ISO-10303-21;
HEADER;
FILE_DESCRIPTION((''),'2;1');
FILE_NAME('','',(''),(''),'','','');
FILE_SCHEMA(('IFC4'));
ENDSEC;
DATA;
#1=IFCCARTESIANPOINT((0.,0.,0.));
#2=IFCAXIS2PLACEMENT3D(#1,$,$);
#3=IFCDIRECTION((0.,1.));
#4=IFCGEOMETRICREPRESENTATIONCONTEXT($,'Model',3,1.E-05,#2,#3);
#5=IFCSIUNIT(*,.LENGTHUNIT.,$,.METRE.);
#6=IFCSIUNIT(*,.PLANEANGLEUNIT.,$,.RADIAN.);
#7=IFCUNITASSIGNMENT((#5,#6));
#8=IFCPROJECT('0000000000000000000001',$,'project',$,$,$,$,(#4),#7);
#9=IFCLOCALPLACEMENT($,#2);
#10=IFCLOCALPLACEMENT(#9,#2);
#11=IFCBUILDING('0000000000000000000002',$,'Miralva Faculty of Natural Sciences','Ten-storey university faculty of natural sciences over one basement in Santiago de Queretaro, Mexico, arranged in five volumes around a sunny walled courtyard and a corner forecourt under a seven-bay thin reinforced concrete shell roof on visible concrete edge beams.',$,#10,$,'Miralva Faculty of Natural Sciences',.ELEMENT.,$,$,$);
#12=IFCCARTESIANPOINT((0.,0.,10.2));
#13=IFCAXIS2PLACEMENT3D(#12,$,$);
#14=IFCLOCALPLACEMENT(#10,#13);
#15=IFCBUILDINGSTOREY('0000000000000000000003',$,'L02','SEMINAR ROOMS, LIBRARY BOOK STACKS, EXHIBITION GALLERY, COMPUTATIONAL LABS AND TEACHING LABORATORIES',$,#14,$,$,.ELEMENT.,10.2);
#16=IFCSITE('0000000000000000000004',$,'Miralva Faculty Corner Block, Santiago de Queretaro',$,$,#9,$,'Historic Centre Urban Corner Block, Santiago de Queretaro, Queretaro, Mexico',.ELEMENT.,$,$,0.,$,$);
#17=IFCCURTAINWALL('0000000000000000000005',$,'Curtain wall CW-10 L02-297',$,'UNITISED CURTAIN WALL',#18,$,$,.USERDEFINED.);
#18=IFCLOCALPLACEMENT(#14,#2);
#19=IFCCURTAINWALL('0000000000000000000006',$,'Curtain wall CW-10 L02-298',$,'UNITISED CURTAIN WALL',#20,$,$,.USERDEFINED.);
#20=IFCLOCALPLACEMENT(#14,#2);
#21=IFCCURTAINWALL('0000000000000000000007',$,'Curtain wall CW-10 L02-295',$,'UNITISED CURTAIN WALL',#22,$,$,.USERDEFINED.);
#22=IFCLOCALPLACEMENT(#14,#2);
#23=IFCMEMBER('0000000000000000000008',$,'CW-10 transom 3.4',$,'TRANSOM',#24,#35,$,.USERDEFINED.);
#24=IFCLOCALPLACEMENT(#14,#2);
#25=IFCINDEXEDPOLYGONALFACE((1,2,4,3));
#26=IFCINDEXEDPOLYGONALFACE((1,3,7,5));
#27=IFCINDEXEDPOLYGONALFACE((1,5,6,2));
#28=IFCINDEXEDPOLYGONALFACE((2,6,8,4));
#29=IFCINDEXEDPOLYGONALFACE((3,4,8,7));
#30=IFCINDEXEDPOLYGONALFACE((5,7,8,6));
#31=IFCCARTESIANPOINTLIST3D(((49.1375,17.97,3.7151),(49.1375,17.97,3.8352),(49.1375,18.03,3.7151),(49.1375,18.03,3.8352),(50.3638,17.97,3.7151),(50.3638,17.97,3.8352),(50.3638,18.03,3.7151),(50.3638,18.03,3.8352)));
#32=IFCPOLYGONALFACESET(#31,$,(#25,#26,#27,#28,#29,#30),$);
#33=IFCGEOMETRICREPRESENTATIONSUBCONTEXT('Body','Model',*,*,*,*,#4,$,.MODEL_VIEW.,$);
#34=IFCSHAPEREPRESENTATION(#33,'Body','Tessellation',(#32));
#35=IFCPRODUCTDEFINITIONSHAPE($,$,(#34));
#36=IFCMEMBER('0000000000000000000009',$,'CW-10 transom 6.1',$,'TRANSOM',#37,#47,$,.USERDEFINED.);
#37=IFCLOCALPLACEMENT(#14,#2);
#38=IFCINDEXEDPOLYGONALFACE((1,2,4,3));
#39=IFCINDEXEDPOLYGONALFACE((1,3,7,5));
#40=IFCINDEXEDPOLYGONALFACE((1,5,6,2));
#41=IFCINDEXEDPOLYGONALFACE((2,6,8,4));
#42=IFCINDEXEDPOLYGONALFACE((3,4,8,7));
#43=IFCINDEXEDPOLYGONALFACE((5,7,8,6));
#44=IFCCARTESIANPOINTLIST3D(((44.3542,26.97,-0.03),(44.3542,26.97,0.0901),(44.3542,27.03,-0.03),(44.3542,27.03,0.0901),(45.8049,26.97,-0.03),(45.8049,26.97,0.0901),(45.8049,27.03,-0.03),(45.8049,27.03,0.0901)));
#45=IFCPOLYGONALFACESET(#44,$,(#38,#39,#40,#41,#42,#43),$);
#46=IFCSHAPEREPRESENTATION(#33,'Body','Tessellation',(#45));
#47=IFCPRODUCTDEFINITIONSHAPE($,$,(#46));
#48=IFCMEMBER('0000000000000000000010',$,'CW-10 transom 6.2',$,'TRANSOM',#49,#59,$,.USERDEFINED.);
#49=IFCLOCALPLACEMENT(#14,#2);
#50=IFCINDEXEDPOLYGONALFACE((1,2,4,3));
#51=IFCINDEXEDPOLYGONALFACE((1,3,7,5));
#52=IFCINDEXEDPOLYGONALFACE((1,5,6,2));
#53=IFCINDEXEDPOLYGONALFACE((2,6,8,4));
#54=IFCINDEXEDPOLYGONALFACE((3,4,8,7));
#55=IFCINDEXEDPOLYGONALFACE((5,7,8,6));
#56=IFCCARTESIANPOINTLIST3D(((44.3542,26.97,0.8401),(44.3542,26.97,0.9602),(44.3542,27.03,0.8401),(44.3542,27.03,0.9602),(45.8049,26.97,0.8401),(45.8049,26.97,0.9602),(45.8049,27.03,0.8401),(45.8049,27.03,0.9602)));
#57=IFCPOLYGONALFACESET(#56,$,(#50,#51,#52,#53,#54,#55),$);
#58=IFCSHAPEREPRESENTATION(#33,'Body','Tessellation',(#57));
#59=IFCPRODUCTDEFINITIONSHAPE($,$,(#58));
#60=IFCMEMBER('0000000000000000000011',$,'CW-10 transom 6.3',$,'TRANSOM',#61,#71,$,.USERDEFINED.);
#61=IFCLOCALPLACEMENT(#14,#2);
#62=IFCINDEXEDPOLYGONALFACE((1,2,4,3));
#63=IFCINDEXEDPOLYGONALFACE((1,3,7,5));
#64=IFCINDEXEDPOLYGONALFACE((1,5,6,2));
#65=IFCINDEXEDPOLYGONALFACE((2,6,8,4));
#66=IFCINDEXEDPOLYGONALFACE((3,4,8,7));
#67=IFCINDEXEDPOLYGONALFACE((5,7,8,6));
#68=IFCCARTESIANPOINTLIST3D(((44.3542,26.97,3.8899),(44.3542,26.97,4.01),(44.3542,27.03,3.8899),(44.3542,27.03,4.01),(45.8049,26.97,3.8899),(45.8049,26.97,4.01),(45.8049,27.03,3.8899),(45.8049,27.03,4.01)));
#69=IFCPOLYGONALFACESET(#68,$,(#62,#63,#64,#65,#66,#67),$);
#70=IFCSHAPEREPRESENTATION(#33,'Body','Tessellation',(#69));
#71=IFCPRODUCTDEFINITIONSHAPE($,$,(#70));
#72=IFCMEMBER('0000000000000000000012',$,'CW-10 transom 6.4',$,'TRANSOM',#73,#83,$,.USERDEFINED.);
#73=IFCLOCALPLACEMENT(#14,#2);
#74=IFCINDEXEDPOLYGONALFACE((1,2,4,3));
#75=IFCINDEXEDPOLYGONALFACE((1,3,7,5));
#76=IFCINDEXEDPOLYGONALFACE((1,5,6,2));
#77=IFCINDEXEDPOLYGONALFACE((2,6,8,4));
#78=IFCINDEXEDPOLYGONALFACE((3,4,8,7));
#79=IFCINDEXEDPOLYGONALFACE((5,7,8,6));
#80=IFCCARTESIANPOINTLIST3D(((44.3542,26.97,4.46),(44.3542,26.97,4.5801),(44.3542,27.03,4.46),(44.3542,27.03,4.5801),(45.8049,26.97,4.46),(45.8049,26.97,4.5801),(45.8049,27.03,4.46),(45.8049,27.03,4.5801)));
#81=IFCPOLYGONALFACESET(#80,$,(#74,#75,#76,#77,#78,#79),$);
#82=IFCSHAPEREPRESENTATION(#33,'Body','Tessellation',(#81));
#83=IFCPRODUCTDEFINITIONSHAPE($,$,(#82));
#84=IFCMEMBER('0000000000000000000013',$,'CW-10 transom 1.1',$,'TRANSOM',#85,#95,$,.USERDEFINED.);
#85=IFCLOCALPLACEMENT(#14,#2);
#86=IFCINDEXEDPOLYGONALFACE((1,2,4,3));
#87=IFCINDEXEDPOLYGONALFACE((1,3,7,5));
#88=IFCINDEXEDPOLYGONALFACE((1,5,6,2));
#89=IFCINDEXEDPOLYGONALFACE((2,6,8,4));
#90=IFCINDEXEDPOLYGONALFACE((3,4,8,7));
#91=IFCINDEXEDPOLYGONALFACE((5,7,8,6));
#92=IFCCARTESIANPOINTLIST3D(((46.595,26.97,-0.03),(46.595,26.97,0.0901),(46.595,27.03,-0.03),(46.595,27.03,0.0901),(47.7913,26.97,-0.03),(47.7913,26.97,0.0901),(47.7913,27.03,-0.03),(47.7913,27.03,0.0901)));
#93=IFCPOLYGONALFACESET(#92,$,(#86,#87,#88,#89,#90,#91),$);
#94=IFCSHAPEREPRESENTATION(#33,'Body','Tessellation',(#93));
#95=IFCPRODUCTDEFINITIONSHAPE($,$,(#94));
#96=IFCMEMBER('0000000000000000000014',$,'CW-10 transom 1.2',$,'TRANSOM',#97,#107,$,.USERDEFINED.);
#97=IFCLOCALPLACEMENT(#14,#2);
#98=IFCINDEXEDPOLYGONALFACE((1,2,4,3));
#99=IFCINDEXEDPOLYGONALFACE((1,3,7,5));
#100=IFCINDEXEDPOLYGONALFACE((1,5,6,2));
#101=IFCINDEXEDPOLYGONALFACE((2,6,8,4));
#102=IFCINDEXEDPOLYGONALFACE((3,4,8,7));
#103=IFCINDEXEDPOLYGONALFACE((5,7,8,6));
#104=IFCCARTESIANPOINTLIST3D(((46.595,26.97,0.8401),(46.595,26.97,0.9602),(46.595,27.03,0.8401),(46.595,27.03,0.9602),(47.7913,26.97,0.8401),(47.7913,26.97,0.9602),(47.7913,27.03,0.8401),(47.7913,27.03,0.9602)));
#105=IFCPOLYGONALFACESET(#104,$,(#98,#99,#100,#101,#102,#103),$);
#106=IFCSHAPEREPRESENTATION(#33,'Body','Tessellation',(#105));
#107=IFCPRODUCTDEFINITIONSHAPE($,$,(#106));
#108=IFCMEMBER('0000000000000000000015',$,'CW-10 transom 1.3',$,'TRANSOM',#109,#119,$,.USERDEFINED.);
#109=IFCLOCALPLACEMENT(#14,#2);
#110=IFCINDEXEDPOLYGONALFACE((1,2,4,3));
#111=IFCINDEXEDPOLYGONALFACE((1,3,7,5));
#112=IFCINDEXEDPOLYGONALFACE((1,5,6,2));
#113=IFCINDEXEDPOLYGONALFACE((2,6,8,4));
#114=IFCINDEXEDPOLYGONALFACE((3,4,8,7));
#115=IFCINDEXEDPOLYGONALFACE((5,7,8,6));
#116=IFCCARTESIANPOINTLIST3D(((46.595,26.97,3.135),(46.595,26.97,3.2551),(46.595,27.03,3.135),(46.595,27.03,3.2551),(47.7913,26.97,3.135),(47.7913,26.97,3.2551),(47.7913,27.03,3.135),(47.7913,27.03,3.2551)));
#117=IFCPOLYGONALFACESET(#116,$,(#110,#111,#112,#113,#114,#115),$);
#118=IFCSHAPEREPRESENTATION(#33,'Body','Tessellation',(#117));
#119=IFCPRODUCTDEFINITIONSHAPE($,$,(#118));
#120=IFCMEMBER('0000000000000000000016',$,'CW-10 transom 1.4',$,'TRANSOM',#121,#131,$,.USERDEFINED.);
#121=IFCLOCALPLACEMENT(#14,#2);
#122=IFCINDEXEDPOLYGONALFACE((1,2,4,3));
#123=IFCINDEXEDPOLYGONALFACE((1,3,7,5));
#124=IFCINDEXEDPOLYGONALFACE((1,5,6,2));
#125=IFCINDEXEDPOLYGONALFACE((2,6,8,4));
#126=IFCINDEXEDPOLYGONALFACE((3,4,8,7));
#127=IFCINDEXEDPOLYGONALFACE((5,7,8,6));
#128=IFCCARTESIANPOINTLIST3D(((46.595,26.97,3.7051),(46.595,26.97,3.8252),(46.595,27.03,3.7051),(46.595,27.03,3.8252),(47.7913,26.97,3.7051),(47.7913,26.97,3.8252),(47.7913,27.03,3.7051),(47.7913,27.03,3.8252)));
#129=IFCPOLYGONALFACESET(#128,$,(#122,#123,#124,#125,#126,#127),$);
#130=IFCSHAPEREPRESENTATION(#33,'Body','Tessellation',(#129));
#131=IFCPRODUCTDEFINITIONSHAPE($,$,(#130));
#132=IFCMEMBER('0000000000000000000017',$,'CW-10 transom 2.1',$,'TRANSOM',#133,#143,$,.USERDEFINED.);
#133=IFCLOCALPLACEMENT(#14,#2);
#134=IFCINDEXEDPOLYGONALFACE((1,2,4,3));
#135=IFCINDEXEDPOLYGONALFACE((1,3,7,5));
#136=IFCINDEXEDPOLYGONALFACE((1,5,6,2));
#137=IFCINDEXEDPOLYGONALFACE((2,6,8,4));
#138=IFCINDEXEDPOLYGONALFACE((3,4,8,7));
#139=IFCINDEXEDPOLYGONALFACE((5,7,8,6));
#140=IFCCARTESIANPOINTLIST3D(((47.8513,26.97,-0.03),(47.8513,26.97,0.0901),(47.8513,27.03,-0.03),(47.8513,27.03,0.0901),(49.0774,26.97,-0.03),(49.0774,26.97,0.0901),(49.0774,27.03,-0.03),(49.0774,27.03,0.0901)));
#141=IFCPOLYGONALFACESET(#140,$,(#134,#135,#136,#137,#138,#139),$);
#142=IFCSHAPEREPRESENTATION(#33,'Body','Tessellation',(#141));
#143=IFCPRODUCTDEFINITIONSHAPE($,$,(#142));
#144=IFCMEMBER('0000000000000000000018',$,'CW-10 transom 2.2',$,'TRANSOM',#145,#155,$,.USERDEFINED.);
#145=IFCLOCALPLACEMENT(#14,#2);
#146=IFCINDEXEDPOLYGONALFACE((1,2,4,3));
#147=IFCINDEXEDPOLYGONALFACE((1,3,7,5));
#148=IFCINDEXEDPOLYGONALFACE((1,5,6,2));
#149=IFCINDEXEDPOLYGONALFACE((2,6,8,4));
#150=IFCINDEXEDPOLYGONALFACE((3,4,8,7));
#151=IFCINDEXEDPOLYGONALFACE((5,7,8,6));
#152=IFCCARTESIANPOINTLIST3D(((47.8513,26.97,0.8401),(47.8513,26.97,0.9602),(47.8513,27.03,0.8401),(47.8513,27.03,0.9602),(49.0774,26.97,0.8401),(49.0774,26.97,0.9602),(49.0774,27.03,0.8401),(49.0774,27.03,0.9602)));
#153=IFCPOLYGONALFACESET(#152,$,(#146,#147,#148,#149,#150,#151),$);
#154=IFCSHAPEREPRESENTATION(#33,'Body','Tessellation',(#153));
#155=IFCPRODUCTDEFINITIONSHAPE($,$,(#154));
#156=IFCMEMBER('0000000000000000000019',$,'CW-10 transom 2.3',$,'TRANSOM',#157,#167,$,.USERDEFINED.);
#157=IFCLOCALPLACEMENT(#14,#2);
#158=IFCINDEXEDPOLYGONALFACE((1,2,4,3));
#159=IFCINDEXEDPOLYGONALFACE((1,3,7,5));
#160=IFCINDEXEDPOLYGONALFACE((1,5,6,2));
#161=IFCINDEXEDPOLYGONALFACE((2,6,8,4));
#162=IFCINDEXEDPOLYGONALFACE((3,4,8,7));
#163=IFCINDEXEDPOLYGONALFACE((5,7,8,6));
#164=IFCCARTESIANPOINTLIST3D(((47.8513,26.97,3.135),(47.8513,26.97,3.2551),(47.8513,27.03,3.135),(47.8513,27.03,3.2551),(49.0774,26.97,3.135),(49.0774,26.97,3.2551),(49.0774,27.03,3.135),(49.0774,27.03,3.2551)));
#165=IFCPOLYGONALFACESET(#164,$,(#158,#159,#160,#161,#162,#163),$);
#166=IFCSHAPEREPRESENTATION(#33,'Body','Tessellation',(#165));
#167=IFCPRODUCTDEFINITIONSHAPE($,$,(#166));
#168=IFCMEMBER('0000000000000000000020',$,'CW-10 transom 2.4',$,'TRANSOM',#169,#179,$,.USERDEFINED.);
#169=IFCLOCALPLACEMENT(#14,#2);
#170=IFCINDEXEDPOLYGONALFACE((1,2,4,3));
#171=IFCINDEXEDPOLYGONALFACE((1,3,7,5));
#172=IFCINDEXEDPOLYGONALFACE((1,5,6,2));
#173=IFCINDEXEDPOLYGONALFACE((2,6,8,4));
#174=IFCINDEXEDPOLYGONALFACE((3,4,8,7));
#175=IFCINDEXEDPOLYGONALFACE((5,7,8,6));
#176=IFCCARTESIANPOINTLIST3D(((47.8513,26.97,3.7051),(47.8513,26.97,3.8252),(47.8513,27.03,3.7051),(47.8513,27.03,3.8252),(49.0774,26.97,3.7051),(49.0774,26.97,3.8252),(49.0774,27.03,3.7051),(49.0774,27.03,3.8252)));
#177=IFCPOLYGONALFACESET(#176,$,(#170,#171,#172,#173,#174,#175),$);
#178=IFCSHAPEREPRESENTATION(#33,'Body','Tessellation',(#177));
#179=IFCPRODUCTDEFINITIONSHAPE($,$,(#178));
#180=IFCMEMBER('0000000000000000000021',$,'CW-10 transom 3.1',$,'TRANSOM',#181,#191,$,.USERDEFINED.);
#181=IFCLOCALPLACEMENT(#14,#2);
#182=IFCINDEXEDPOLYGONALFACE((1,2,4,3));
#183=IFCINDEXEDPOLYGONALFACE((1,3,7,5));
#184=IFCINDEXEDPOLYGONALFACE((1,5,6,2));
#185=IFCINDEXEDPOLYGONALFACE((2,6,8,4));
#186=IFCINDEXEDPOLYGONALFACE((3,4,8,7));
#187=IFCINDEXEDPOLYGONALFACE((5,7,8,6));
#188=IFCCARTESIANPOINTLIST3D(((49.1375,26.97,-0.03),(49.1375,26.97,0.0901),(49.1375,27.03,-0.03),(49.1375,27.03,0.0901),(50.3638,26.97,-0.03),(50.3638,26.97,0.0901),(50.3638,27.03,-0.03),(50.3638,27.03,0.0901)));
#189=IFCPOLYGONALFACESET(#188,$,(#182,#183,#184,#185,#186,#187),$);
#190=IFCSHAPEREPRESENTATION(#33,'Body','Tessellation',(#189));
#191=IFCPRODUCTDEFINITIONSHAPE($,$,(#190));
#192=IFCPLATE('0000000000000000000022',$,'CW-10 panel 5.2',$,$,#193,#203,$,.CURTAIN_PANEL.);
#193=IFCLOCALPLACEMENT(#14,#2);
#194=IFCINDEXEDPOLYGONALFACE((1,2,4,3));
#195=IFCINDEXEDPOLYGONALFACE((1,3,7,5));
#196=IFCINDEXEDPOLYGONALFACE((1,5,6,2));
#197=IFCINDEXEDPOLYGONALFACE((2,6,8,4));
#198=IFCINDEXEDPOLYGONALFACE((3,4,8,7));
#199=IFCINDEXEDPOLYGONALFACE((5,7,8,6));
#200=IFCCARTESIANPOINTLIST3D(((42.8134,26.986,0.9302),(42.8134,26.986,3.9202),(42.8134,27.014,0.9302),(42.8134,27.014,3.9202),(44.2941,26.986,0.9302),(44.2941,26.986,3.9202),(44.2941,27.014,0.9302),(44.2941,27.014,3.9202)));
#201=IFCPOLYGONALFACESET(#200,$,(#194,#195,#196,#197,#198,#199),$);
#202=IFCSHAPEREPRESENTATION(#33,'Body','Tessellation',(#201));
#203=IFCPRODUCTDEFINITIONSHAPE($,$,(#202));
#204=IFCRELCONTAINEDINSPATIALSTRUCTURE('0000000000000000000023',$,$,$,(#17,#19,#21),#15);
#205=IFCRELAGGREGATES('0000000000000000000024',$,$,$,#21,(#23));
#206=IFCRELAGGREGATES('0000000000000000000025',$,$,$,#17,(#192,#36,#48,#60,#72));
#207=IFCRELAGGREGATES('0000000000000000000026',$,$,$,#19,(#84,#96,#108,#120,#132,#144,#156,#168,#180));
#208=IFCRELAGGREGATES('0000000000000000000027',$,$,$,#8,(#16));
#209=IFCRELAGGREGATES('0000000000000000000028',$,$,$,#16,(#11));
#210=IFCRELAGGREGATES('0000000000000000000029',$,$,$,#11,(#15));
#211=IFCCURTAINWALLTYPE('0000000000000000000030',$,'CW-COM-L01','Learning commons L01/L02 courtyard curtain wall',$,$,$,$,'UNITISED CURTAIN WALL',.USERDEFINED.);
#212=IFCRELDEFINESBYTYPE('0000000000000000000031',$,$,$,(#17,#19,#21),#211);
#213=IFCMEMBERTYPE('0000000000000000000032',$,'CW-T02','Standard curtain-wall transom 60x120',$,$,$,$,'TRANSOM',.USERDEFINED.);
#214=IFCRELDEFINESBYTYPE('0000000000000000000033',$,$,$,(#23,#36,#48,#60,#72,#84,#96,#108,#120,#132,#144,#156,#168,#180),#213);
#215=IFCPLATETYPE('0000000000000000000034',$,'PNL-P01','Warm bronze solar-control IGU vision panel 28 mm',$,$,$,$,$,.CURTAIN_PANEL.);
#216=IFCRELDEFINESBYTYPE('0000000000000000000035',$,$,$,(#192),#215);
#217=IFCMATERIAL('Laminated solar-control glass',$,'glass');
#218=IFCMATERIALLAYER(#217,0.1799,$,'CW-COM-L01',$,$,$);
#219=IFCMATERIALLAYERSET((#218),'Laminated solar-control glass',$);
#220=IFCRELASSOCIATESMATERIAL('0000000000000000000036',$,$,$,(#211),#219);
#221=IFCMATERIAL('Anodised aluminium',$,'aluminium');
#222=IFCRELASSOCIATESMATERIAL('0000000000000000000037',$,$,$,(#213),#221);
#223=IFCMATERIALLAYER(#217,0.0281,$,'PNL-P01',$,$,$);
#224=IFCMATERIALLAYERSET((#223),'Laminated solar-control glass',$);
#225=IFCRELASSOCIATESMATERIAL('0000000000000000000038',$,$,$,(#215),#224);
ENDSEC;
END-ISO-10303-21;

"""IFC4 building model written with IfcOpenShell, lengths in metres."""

from ifc_helpers import new_model, si_unit, direction, frame, origin, origin_2d, place, context, subcontext, project, spatial, rectangle, extrude, material, layer, layer_set, material_profile, profile_set, type_object, element, aggregate, save


model = new_model("IFC4")

# Units and contexts
model_context = context("Model", 3, precision=1e-05, world=origin(), true_north=direction((0.0, 1.0)))
body_context = subcontext(model_context, "Body", "Model", "MODEL_VIEW")
ifc_project = project(units=[si_unit("LENGTHUNIT", "METRE"), si_unit("PLANEANGLEUNIT", "RADIAN")], contexts=[model_context])

# Site, building, storey
site_placement = place(None, origin())
site = spatial("IfcSite", under=ifc_project, at=site_placement, Name="Miralva Faculty Corner Block, Santiago de Queretaro", LongName="Historic Centre Urban Corner Block, Santiago de Queretaro, Queretaro, Mexico", CompositionType="ELEMENT", RefElevation=0.0)
building_placement = place(site_placement, origin())
building = spatial("IfcBuilding", under=site, at=building_placement, Name="Miralva Faculty of Natural Sciences", Description="Ten-storey university faculty of natural sciences over one basement in Santiago de Queretaro, Mexico, arranged in five volumes around a sunny walled courtyard and a corner forecourt under a seven-bay thin reinforced concrete shell roof on visible concrete edge beams.", LongName="Miralva Faculty of Natural Sciences", CompositionType="ELEMENT")
storey_placement = place(building_placement, frame((0.0, 0.0, 10.2)))
storey = spatial("IfcBuildingStorey", under=building, at=storey_placement, Name="L02", Description="SEMINAR ROOMS, LIBRARY BOOK STACKS, EXHIBITION GALLERY, COMPUTATIONAL LABS AND TEACHING LABORATORIES", CompositionType="ELEMENT", Elevation=10.2)

# Curtain walls, member
ifc_material_1 = material(Name="Laminated solar-control glass", Category="glass")
ifc_layer_1 = layer(ifc_material_1, 0.1799, Name="CW-COM-L01")
ifc_layer_set_1 = layer_set([ifc_layer_1], Name="Laminated solar-control glass")
curtain_wall_type = type_object("IfcCurtainWallType", Name="CW-COM-L01", Description="Learning commons L01/L02 courtyard curtain wall", ElementType="UNITISED CURTAIN WALL", PredefinedType="USERDEFINED", material=ifc_layer_set_1)
curtain_wall_1_placement = place(storey_placement, origin())
curtain_wall_1 = element("IfcCurtainWall", 1, at=curtain_wall_1_placement, inside=storey, type_object=curtain_wall_type, Name="Curtain wall CW-10 L02-297", ObjectType="UNITISED CURTAIN WALL", PredefinedType="USERDEFINED")
ifc_material_2 = material(Name="Anodised aluminium", Category="aluminium")
curtain_wall_2_placement = place(storey_placement, origin())
curtain_wall_2 = element("IfcCurtainWall", 2, at=curtain_wall_2_placement, inside=storey, type_object=curtain_wall_type, Name="Curtain wall CW-10 L02-298", ObjectType="UNITISED CURTAIN WALL", PredefinedType="USERDEFINED")
curtain_wall_3_placement = place(storey_placement, origin())
curtain_wall_3 = element("IfcCurtainWall", 3, at=curtain_wall_3_placement, inside=storey, type_object=curtain_wall_type, Name="Curtain wall CW-10 L02-295", ObjectType="UNITISED CURTAIN WALL", PredefinedType="USERDEFINED")
ifc_material_profile_1 = material_profile(ifc_material_2, rectangle(XDim=0.0601, YDim=0.1201, at=origin_2d()), Name="TRANSOM 60x120")
ifc_profile_set_1 = profile_set([ifc_material_profile_1], Name="Anodised aluminium")
member_type_1 = type_object("IfcMemberType", Name="CW-T02", Description="Standard curtain-wall transom 60x120", ElementType="TRANSOM", PredefinedType="USERDEFINED", material=ifc_profile_set_1)
member_1_placement = place(storey_placement, frame((49.1375, 18.0, 3.7751), z_axis=(1.0, 0.0, 0.0), x_axis=(0.0, 1.0, 0.0)))
member_1 = element("IfcMember", 4, at=member_1_placement, type_object=member_type_1, Name="CW-10 transom 3.4", ObjectType="TRANSOM", PredefinedType="USERDEFINED", context=body_context, shape_type="SweptSolid", body=[
    extrude(rectangle(XDim=0.0601, YDim=0.1201, at=origin_2d()), origin(), (0.0, 0.0, 1.0), 1.2263),
])
aggregate(curtain_wall_3, [member_1])

# Members
member_2_placement = place(storey_placement, frame((44.3542, 27.0, 0.03), z_axis=(1.0, 0.0, 0.0), x_axis=(0.0, 1.0, 0.0)))
member_2 = element("IfcMember", 5, at=member_2_placement, type_object=member_type_1, Name="CW-10 transom 6.1", ObjectType="TRANSOM", PredefinedType="USERDEFINED", context=body_context, shape_type="SweptSolid", body=[
    extrude(rectangle(XDim=0.0601, YDim=0.1201, at=origin_2d()), origin(), (0.0, 0.0, 1.0), 1.4507),
])
member_3_placement = place(storey_placement, frame((44.3542, 27.0, 0.9001), z_axis=(1.0, 0.0, 0.0), x_axis=(0.0, 1.0, 0.0)))
member_3 = element("IfcMember", 6, at=member_3_placement, type_object=member_type_1, Name="CW-10 transom 6.2", ObjectType="TRANSOM", PredefinedType="USERDEFINED", context=body_context, shape_type="SweptSolid", body=[
    extrude(rectangle(XDim=0.0601, YDim=0.1201, at=origin_2d()), origin(), (0.0, 0.0, 1.0), 1.4507),
])
member_4_placement = place(storey_placement, frame((44.3542, 27.0, 3.95), z_axis=(1.0, 0.0, 0.0), x_axis=(0.0, 1.0, 0.0)))
member_4 = element("IfcMember", 7, at=member_4_placement, type_object=member_type_1, Name="CW-10 transom 6.3", ObjectType="TRANSOM", PredefinedType="USERDEFINED", context=body_context, shape_type="SweptSolid", body=[
    extrude(rectangle(XDim=0.0601, YDim=0.1201, at=origin_2d()), origin(), (0.0, 0.0, 1.0), 1.4507),
])
member_5_placement = place(storey_placement, frame((44.3542, 27.0, 4.52), z_axis=(1.0, 0.0, 0.0), x_axis=(0.0, 1.0, 0.0)))
member_5 = element("IfcMember", 8, at=member_5_placement, type_object=member_type_1, Name="CW-10 transom 6.4", ObjectType="TRANSOM", PredefinedType="USERDEFINED", context=body_context, shape_type="SweptSolid", body=[
    extrude(rectangle(XDim=0.0601, YDim=0.1201, at=origin_2d()), origin(), (0.0, 0.0, 1.0), 1.4507),
])
member_6_placement = place(storey_placement, frame((46.595, 27.0, 0.03), z_axis=(1.0, 0.0, 0.0), x_axis=(0.0, 1.0, 0.0)))
member_6 = element("IfcMember", 9, at=member_6_placement, type_object=member_type_1, Name="CW-10 transom 1.1", ObjectType="TRANSOM", PredefinedType="USERDEFINED", context=body_context, shape_type="SweptSolid", body=[
    extrude(rectangle(XDim=0.0601, YDim=0.1201, at=origin_2d()), origin(), (0.0, 0.0, 1.0), 1.1963),
])
member_7_placement = place(storey_placement, frame((46.595, 27.0, 0.9001), z_axis=(1.0, 0.0, 0.0), x_axis=(0.0, 1.0, 0.0)))
member_7 = element("IfcMember", 10, at=member_7_placement, type_object=member_type_1, Name="CW-10 transom 1.2", ObjectType="TRANSOM", PredefinedType="USERDEFINED", context=body_context, shape_type="SweptSolid", body=[
    extrude(rectangle(XDim=0.0601, YDim=0.1201, at=origin_2d()), origin(), (0.0, 0.0, 1.0), 1.1963),
])
member_8_placement = place(storey_placement, frame((46.595, 27.0, 3.1951), z_axis=(1.0, 0.0, 0.0), x_axis=(0.0, 1.0, 0.0)))
member_8 = element("IfcMember", 11, at=member_8_placement, type_object=member_type_1, Name="CW-10 transom 1.3", ObjectType="TRANSOM", PredefinedType="USERDEFINED", context=body_context, shape_type="SweptSolid", body=[
    extrude(rectangle(XDim=0.0601, YDim=0.1201, at=origin_2d()), origin(), (0.0, 0.0, 1.0), 1.1963),
])
member_9_placement = place(storey_placement, frame((46.595, 27.0, 3.7651), z_axis=(1.0, 0.0, 0.0), x_axis=(0.0, 1.0, 0.0)))
member_9 = element("IfcMember", 12, at=member_9_placement, type_object=member_type_1, Name="CW-10 transom 1.4", ObjectType="TRANSOM", PredefinedType="USERDEFINED", context=body_context, shape_type="SweptSolid", body=[
    extrude(rectangle(XDim=0.0601, YDim=0.1201, at=origin_2d()), origin(), (0.0, 0.0, 1.0), 1.1963),
])
member_10_placement = place(storey_placement, frame((47.8513, 27.0, 0.03), z_axis=(1.0, 0.0, 0.0), x_axis=(0.0, 1.0, 0.0)))
member_10 = element("IfcMember", 13, at=member_10_placement, type_object=member_type_1, Name="CW-10 transom 2.1", ObjectType="TRANSOM", PredefinedType="USERDEFINED", context=body_context, shape_type="SweptSolid", body=[
    extrude(rectangle(XDim=0.0601, YDim=0.1201, at=origin_2d()), origin(), (0.0, 0.0, 1.0), 1.2261),
])
member_11_placement = place(storey_placement, frame((47.8513, 27.0, 0.9001), z_axis=(1.0, 0.0, 0.0), x_axis=(0.0, 1.0, 0.0)))
member_11 = element("IfcMember", 14, at=member_11_placement, type_object=member_type_1, Name="CW-10 transom 2.2", ObjectType="TRANSOM", PredefinedType="USERDEFINED", context=body_context, shape_type="SweptSolid", body=[
    extrude(rectangle(XDim=0.0601, YDim=0.1201, at=origin_2d()), origin(), (0.0, 0.0, 1.0), 1.2261),
])
member_12_placement = place(storey_placement, frame((47.8513, 27.0, 3.1951), z_axis=(1.0, 0.0, 0.0), x_axis=(0.0, 1.0, 0.0)))
member_12 = element("IfcMember", 15, at=member_12_placement, type_object=member_type_1, Name="CW-10 transom 2.3", ObjectType="TRANSOM", PredefinedType="USERDEFINED", context=body_context, shape_type="SweptSolid", body=[
    extrude(rectangle(XDim=0.0601, YDim=0.1201, at=origin_2d()), origin(), (0.0, 0.0, 1.0), 1.2261),
])
member_13_placement = place(storey_placement, frame((47.8513, 27.0, 3.7651), z_axis=(1.0, 0.0, 0.0), x_axis=(0.0, 1.0, 0.0)))
member_13 = element("IfcMember", 16, at=member_13_placement, type_object=member_type_1, Name="CW-10 transom 2.4", ObjectType="TRANSOM", PredefinedType="USERDEFINED", context=body_context, shape_type="SweptSolid", body=[
    extrude(rectangle(XDim=0.0601, YDim=0.1201, at=origin_2d()), origin(), (0.0, 0.0, 1.0), 1.2261),
])
member_14_placement = place(storey_placement, frame((49.1375, 27.0, 0.03), z_axis=(1.0, 0.0, 0.0), x_axis=(0.0, 1.0, 0.0)))
member_14 = element("IfcMember", 17, at=member_14_placement, type_object=member_type_1, Name="CW-10 transom 3.1", ObjectType="TRANSOM", PredefinedType="USERDEFINED", context=body_context, shape_type="SweptSolid", body=[
    extrude(rectangle(XDim=0.0601, YDim=0.1201, at=origin_2d()), origin(), (0.0, 0.0, 1.0), 1.2263),
])

# Plate
ifc_layer_2 = layer(ifc_material_1, 0.0281, Name="PNL-P01")
ifc_layer_set_2 = layer_set([ifc_layer_2], Name="Laminated solar-control glass")
plate_type = type_object("IfcPlateType", Name="PNL-P01", Description="Warm bronze solar-control IGU vision panel 28 mm", PredefinedType="CURTAIN_PANEL", material=ifc_layer_set_2)
plate_1_placement = place(storey_placement, frame((43.5537, 27.0, 0.9302), z_axis=(0.0, 0.0, 1.0), x_axis=(1.0, 0.0, 0.0)))
plate_1 = element("IfcPlate", 18, at=plate_1_placement, type_object=plate_type, Name="CW-10 panel 5.2", PredefinedType="CURTAIN_PANEL", context=body_context, shape_type="SweptSolid", body=[
    extrude(rectangle(XDim=1.4807, YDim=0.0281, at=origin_2d()), origin(), (0.0, 0.0, 1.0), 2.99),
])
aggregate(curtain_wall_1, [plate_1, member_2, member_3, member_4, member_5])
aggregate(curtain_wall_2, [member_6, member_7, member_8, member_9, member_10, member_11, member_12, member_13, member_14])

save(model, "model.ifc")
